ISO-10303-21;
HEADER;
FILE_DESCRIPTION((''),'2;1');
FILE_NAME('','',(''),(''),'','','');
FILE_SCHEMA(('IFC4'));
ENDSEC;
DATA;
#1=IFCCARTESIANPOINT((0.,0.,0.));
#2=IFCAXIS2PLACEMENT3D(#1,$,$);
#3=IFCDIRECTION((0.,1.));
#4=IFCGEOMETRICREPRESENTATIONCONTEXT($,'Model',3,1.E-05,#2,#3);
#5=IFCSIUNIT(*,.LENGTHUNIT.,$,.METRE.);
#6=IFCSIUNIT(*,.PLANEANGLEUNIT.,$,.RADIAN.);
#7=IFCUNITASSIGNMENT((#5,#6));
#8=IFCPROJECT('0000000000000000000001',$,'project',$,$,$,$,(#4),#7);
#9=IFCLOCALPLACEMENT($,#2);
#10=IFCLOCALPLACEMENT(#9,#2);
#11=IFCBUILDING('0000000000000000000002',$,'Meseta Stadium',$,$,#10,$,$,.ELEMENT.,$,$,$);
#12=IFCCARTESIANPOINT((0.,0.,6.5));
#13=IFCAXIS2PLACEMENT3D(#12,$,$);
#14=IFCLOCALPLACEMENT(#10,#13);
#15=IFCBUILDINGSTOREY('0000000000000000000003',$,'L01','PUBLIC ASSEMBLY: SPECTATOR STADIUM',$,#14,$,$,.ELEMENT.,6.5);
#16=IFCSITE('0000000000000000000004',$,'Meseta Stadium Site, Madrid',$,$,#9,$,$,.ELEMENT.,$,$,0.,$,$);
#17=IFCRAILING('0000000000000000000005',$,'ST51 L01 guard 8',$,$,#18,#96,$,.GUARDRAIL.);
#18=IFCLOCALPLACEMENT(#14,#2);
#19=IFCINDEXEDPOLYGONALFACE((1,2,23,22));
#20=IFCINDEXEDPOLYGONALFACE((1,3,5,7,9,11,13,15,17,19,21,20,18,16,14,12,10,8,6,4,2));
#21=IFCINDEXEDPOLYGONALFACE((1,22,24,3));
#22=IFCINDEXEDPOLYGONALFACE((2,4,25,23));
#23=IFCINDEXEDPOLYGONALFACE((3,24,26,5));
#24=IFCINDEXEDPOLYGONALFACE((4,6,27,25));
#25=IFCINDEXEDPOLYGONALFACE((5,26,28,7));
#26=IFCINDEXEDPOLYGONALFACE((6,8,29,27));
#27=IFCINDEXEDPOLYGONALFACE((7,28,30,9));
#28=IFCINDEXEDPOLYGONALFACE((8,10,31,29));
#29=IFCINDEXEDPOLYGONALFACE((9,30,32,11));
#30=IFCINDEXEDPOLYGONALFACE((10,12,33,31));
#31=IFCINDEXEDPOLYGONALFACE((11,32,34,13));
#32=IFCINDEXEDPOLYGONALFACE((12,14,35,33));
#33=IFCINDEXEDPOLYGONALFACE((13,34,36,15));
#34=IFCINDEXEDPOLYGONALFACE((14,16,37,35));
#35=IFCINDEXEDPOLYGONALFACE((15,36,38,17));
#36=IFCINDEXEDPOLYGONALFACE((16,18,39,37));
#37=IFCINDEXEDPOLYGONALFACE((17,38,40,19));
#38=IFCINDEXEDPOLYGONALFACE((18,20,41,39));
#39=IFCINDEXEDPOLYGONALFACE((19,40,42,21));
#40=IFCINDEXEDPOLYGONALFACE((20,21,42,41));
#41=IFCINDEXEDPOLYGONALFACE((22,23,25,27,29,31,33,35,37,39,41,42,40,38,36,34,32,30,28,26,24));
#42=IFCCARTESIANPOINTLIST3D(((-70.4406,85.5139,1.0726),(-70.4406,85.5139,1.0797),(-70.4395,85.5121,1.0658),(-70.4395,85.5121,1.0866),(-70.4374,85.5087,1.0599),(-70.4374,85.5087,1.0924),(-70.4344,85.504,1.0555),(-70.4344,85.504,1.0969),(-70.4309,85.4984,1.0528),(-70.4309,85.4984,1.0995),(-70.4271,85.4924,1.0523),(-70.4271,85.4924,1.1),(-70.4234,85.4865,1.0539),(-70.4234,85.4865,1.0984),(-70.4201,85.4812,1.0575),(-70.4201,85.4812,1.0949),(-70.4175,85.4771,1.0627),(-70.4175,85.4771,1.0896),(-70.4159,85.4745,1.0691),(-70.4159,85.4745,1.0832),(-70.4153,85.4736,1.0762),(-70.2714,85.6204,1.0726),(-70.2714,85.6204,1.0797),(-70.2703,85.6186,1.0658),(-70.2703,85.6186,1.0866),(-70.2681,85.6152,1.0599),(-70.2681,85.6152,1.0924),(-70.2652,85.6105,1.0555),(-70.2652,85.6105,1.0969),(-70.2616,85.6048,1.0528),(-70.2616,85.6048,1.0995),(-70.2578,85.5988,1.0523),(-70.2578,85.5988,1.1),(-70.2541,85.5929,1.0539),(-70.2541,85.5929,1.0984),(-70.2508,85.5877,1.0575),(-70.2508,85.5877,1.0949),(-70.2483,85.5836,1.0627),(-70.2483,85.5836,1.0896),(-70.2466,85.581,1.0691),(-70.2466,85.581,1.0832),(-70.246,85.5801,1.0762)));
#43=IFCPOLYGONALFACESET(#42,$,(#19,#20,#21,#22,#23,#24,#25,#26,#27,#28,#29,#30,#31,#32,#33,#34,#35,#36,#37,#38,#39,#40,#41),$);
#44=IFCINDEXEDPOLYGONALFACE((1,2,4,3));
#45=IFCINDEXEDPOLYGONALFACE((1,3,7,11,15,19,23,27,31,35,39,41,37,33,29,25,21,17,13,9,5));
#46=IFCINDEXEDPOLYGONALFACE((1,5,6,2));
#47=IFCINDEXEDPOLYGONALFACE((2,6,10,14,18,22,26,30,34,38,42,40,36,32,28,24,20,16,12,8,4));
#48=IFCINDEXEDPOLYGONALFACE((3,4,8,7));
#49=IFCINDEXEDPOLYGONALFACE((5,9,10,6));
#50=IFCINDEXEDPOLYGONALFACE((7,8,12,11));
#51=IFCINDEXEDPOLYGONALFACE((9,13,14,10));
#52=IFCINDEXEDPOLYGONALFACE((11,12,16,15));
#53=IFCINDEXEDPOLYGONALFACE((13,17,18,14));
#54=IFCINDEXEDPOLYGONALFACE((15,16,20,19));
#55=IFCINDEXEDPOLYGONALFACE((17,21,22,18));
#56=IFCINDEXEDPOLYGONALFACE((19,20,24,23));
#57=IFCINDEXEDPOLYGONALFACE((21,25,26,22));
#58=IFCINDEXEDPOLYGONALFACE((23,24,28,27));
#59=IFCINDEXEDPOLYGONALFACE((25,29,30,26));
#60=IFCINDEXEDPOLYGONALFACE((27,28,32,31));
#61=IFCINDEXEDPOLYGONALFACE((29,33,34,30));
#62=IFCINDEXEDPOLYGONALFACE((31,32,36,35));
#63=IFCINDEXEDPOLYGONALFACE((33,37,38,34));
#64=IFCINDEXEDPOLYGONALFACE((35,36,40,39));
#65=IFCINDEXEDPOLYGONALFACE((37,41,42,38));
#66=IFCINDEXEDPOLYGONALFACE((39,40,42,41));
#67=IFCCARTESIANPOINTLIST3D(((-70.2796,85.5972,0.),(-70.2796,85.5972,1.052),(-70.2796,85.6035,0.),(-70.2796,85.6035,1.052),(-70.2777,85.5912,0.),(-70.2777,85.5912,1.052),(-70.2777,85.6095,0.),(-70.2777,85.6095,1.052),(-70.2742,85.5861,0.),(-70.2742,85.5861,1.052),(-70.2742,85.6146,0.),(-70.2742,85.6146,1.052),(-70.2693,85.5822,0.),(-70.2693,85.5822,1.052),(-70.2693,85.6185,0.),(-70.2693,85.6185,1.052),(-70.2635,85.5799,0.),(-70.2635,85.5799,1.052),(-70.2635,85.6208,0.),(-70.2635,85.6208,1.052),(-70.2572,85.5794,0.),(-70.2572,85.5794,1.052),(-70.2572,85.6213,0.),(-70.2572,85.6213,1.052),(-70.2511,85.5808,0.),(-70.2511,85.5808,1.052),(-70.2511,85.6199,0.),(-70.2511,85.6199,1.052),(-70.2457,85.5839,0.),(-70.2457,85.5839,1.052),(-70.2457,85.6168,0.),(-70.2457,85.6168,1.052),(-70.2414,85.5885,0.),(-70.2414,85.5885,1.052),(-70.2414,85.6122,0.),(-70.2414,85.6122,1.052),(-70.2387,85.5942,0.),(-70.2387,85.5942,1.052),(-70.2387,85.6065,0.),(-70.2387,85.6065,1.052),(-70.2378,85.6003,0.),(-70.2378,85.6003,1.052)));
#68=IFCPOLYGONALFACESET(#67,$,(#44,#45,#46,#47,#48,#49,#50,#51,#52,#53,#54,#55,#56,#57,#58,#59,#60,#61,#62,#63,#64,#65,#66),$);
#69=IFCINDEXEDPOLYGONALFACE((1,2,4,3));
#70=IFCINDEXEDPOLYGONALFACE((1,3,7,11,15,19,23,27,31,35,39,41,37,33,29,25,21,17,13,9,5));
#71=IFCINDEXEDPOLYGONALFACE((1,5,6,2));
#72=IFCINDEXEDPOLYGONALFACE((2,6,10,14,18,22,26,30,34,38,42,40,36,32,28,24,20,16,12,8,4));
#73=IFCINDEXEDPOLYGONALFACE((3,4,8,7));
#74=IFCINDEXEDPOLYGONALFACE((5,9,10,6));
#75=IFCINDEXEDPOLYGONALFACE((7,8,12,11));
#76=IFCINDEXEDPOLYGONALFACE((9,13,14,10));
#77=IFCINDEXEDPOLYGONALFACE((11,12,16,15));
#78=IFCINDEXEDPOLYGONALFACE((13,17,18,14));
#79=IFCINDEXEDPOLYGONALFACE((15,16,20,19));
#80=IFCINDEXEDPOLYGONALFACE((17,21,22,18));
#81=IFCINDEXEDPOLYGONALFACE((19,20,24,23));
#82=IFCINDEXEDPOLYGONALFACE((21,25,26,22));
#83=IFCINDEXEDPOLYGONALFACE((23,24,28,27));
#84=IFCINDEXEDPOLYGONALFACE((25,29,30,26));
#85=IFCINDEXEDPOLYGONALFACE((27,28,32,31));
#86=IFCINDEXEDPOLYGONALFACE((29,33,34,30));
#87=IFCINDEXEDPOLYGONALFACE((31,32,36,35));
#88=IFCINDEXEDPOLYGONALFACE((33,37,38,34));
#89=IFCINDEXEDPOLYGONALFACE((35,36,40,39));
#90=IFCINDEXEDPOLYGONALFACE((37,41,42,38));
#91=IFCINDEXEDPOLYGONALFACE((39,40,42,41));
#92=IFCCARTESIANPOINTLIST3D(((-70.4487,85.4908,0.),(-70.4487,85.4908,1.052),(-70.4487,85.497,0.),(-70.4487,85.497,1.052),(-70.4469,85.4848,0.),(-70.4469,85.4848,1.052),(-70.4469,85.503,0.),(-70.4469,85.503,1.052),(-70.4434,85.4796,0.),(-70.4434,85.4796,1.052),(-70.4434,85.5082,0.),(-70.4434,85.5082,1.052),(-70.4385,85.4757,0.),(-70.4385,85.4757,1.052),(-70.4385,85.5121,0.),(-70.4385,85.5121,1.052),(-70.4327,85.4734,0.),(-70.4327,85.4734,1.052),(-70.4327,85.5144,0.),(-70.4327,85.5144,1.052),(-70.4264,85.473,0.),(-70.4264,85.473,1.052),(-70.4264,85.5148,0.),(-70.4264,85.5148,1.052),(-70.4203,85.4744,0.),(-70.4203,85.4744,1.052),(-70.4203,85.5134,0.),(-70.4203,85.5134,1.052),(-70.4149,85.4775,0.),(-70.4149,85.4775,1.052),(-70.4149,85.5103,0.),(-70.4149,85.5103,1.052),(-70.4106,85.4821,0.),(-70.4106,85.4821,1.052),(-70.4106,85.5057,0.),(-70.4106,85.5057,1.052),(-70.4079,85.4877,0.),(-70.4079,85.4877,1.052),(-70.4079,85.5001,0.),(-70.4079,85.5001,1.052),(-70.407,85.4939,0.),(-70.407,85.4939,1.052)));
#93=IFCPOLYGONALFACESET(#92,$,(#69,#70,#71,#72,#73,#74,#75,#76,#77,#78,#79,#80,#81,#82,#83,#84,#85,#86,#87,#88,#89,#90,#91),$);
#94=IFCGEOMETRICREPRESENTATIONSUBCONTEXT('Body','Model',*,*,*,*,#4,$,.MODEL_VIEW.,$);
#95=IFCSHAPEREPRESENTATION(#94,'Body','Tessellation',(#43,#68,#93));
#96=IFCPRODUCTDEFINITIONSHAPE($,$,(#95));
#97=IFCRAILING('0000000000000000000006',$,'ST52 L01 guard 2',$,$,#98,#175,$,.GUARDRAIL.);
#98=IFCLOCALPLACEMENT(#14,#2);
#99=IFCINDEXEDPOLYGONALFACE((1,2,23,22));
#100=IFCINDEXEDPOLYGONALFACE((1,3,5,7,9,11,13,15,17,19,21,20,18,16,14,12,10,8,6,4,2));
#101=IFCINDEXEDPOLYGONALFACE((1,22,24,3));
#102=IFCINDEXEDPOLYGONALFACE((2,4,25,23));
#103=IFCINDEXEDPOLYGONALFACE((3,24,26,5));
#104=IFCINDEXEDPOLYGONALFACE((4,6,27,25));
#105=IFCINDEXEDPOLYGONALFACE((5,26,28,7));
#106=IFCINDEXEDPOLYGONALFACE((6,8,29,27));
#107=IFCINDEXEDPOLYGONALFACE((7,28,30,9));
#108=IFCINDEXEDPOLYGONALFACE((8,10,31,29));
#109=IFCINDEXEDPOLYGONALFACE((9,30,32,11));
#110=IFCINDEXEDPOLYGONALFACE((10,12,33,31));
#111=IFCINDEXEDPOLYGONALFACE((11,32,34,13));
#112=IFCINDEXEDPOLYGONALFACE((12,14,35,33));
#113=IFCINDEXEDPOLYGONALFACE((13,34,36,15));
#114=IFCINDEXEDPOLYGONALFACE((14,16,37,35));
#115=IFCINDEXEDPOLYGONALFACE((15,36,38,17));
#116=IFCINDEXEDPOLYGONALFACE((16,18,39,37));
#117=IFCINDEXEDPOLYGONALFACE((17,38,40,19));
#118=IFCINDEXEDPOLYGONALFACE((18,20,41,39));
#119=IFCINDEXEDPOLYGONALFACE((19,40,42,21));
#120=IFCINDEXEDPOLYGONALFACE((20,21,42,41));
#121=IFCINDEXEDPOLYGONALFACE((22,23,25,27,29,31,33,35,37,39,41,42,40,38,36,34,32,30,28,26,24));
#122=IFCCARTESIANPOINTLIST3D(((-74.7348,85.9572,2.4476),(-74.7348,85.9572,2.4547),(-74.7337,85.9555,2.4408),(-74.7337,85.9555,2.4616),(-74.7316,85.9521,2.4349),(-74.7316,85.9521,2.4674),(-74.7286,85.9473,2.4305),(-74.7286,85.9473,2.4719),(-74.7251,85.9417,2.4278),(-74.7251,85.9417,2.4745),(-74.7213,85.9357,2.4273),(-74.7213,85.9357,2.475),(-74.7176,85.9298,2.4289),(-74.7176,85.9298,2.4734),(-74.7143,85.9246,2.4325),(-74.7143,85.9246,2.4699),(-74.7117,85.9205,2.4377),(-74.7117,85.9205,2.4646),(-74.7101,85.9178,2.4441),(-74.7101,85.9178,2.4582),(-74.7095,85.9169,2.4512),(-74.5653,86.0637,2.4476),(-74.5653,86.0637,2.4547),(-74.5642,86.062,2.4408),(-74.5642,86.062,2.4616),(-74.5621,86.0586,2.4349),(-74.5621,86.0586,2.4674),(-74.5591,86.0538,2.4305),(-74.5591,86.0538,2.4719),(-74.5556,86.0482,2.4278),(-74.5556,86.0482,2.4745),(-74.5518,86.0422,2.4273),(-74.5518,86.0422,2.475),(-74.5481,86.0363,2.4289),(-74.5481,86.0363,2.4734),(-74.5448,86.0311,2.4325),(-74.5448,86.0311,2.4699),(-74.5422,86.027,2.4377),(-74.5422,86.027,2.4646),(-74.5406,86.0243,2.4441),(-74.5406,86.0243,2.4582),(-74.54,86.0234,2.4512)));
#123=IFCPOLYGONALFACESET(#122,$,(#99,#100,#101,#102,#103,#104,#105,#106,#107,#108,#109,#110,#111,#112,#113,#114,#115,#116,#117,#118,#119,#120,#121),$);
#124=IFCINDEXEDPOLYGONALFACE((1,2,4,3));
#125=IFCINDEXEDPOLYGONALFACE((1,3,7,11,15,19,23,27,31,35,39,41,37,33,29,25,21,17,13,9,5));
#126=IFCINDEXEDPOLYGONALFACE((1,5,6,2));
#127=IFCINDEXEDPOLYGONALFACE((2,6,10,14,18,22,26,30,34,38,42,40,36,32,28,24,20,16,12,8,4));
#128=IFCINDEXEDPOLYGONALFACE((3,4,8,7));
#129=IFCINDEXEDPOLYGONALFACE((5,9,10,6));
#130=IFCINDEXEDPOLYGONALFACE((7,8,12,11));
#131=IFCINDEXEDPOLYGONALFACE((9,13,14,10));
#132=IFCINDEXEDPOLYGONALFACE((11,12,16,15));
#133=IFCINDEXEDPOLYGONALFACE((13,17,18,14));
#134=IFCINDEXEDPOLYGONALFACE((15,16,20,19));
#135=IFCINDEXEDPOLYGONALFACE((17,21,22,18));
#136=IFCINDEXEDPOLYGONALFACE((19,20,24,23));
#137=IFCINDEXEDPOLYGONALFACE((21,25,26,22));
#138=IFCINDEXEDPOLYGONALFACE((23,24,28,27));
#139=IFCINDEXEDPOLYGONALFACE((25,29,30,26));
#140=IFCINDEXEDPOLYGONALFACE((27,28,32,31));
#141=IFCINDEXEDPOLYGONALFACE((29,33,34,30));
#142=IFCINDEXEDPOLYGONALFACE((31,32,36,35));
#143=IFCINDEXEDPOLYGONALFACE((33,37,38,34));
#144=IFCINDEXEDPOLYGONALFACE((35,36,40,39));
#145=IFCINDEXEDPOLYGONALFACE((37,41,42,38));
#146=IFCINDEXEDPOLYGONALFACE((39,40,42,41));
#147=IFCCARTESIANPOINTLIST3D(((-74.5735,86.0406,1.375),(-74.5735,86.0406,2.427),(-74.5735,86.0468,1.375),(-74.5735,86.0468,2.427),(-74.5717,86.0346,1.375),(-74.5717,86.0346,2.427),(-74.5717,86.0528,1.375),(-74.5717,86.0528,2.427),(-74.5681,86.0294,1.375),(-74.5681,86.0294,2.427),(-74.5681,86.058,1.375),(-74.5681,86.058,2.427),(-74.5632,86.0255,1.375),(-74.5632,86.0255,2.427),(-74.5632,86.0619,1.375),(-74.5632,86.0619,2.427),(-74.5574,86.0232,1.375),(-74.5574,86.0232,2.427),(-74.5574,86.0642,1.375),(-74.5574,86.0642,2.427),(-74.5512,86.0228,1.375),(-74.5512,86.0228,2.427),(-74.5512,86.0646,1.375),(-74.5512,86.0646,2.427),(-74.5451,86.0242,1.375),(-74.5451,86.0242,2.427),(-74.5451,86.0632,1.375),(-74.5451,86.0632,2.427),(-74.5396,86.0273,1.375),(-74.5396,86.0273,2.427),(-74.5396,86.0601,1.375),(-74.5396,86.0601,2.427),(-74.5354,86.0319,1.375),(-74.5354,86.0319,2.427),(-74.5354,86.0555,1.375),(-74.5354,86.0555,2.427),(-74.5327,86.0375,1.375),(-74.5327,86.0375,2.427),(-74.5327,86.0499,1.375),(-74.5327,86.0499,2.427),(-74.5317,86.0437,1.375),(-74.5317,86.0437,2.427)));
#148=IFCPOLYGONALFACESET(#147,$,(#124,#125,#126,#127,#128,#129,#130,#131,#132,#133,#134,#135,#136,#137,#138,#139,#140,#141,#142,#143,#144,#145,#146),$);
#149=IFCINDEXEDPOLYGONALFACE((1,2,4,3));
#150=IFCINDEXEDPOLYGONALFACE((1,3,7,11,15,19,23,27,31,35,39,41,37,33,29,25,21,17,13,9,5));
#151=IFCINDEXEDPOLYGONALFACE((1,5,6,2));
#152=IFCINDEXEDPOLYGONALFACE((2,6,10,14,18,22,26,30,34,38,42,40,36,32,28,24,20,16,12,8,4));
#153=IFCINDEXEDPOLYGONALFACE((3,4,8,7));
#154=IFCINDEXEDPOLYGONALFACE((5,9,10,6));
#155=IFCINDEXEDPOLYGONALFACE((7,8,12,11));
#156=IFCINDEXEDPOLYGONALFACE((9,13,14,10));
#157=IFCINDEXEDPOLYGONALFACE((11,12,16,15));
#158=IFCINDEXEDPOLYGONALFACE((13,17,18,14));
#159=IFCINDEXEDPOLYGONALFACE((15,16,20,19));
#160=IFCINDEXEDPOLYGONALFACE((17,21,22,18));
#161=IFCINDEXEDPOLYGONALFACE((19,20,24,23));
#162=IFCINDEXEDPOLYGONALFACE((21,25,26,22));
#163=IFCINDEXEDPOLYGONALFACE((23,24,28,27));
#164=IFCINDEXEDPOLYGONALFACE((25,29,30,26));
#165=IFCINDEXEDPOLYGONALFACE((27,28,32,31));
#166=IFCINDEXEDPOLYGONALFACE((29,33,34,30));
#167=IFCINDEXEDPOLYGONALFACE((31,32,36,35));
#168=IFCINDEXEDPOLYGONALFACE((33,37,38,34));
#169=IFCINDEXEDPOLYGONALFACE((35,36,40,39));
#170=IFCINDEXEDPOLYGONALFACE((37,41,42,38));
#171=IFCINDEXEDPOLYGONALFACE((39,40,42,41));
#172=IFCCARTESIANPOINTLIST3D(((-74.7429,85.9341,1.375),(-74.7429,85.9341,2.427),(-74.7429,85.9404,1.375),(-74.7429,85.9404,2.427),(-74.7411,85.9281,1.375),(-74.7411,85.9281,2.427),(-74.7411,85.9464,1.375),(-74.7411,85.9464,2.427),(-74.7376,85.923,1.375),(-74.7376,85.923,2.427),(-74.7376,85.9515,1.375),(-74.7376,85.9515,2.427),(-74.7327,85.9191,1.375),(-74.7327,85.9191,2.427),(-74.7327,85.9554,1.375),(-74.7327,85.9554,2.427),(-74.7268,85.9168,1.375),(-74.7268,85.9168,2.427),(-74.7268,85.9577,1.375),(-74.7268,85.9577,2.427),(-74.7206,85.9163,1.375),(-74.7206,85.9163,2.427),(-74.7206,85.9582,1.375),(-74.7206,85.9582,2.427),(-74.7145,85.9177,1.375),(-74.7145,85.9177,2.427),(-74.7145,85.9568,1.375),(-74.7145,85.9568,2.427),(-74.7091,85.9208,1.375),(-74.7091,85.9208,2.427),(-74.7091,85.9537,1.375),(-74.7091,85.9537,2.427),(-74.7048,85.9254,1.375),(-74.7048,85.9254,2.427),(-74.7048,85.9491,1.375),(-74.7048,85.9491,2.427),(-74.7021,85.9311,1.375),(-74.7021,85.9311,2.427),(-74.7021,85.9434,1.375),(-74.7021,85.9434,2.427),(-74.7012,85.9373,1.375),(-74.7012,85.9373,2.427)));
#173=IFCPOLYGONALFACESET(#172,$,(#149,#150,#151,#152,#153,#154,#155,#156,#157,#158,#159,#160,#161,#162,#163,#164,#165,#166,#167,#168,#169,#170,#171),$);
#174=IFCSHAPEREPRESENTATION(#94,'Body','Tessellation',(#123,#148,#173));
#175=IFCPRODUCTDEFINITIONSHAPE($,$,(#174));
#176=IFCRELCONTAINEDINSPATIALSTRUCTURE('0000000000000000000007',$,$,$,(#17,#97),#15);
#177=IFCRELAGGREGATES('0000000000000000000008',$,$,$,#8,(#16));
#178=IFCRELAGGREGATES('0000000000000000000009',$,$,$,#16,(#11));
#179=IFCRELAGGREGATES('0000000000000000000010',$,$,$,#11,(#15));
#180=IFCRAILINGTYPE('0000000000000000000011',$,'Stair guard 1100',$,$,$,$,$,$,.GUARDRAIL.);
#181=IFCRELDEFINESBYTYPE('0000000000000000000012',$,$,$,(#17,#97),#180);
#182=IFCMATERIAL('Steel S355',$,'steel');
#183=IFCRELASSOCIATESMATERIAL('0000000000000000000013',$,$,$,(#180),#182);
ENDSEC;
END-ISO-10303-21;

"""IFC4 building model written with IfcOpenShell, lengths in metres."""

from ifc_helpers import new_model, si_unit, direction, frame, origin, origin_2d, place, context, subcontext, project, spatial, circle, extrude, material, type_object, element, save


model = new_model("IFC4")

# Units and contexts
model_context = context("Model", 3, precision=1e-05, world=origin(), true_north=direction((0.0, 1.0)))
body_context = subcontext(model_context, "Body", "Model", "MODEL_VIEW")
ifc_project = project(units=[si_unit("LENGTHUNIT", "METRE"), si_unit("PLANEANGLEUNIT", "RADIAN")], contexts=[model_context])

# Site, building, storey
site_placement = place(None, origin())
site = spatial("IfcSite", under=ifc_project, at=site_placement, Name="Meseta Stadium Site, Madrid", CompositionType="ELEMENT", RefElevation=0.0)
building_placement = place(site_placement, origin())
building = spatial("IfcBuilding", under=site, at=building_placement, Name="Meseta Stadium", CompositionType="ELEMENT")
storey_placement = place(building_placement, frame((0.0, 0.0, 6.5)))
storey = spatial("IfcBuildingStorey", under=building, at=storey_placement, Name="L01", Description="PUBLIC ASSEMBLY: SPECTATOR STADIUM", CompositionType="ELEMENT", Elevation=6.5)

# Railings
ifc_material_1 = material(Name="Steel S355", Category="steel")
railing_type_1 = type_object("IfcRailingType", Name="Stair guard 1100", PredefinedType="GUARDRAIL", material=ifc_material_1)
railing_1_placement = place(storey_placement, frame((-70.2588, 85.6003, 0.0)))
element("IfcRailing", 1, at=railing_1_placement, inside=storey, type_object=railing_type_1, Name="ST51 L01 guard 8", PredefinedType="GUARDRAIL", context=body_context, shape_type="SweptSolid", body=[
    extrude(circle(Radius=0.0239, at=origin_2d()), frame((0.0, 0.0, 1.0762), z_axis=(-0.846416, -0.532522, 0.0), x_axis=(0.532522, -0.846416, 0.0)), (0.0, 0.0, 1.0), 0.2),
    extrude(circle(Radius=0.021, at=origin_2d()), origin(), (0.0, 0.0, 1.0), 1.052),
    extrude(circle(Radius=0.021, at=origin_2d()), frame((-0.1692, -0.1064, 0.0)), (0.0, 0.0, 1.0), 1.052),
])
railing_2_placement = place(storey_placement, frame((-74.5527, 86.0437, 1.375)))
element("IfcRailing", 2, at=railing_2_placement, inside=storey, type_object=railing_type_1, Name="ST52 L01 guard 2", PredefinedType="GUARDRAIL", context=body_context, shape_type="SweptSolid", body=[
    extrude(circle(Radius=0.0239, at=origin_2d()), frame((0.0, 0.0, 1.0762), z_axis=(-0.846762, -0.531972, 0.0), x_axis=(0.531972, -0.846762, 0.0)), (0.0, 0.0, 1.0), 0.2002),
    extrude(circle(Radius=0.021, at=origin_2d()), origin(), (0.0, 0.0, 1.0), 1.052),
    extrude(circle(Radius=0.021, at=origin_2d()), frame((-0.1694, -0.1064, 0.0)), (0.0, 0.0, 1.0), 1.052),
])

save(model, "model.ifc")
